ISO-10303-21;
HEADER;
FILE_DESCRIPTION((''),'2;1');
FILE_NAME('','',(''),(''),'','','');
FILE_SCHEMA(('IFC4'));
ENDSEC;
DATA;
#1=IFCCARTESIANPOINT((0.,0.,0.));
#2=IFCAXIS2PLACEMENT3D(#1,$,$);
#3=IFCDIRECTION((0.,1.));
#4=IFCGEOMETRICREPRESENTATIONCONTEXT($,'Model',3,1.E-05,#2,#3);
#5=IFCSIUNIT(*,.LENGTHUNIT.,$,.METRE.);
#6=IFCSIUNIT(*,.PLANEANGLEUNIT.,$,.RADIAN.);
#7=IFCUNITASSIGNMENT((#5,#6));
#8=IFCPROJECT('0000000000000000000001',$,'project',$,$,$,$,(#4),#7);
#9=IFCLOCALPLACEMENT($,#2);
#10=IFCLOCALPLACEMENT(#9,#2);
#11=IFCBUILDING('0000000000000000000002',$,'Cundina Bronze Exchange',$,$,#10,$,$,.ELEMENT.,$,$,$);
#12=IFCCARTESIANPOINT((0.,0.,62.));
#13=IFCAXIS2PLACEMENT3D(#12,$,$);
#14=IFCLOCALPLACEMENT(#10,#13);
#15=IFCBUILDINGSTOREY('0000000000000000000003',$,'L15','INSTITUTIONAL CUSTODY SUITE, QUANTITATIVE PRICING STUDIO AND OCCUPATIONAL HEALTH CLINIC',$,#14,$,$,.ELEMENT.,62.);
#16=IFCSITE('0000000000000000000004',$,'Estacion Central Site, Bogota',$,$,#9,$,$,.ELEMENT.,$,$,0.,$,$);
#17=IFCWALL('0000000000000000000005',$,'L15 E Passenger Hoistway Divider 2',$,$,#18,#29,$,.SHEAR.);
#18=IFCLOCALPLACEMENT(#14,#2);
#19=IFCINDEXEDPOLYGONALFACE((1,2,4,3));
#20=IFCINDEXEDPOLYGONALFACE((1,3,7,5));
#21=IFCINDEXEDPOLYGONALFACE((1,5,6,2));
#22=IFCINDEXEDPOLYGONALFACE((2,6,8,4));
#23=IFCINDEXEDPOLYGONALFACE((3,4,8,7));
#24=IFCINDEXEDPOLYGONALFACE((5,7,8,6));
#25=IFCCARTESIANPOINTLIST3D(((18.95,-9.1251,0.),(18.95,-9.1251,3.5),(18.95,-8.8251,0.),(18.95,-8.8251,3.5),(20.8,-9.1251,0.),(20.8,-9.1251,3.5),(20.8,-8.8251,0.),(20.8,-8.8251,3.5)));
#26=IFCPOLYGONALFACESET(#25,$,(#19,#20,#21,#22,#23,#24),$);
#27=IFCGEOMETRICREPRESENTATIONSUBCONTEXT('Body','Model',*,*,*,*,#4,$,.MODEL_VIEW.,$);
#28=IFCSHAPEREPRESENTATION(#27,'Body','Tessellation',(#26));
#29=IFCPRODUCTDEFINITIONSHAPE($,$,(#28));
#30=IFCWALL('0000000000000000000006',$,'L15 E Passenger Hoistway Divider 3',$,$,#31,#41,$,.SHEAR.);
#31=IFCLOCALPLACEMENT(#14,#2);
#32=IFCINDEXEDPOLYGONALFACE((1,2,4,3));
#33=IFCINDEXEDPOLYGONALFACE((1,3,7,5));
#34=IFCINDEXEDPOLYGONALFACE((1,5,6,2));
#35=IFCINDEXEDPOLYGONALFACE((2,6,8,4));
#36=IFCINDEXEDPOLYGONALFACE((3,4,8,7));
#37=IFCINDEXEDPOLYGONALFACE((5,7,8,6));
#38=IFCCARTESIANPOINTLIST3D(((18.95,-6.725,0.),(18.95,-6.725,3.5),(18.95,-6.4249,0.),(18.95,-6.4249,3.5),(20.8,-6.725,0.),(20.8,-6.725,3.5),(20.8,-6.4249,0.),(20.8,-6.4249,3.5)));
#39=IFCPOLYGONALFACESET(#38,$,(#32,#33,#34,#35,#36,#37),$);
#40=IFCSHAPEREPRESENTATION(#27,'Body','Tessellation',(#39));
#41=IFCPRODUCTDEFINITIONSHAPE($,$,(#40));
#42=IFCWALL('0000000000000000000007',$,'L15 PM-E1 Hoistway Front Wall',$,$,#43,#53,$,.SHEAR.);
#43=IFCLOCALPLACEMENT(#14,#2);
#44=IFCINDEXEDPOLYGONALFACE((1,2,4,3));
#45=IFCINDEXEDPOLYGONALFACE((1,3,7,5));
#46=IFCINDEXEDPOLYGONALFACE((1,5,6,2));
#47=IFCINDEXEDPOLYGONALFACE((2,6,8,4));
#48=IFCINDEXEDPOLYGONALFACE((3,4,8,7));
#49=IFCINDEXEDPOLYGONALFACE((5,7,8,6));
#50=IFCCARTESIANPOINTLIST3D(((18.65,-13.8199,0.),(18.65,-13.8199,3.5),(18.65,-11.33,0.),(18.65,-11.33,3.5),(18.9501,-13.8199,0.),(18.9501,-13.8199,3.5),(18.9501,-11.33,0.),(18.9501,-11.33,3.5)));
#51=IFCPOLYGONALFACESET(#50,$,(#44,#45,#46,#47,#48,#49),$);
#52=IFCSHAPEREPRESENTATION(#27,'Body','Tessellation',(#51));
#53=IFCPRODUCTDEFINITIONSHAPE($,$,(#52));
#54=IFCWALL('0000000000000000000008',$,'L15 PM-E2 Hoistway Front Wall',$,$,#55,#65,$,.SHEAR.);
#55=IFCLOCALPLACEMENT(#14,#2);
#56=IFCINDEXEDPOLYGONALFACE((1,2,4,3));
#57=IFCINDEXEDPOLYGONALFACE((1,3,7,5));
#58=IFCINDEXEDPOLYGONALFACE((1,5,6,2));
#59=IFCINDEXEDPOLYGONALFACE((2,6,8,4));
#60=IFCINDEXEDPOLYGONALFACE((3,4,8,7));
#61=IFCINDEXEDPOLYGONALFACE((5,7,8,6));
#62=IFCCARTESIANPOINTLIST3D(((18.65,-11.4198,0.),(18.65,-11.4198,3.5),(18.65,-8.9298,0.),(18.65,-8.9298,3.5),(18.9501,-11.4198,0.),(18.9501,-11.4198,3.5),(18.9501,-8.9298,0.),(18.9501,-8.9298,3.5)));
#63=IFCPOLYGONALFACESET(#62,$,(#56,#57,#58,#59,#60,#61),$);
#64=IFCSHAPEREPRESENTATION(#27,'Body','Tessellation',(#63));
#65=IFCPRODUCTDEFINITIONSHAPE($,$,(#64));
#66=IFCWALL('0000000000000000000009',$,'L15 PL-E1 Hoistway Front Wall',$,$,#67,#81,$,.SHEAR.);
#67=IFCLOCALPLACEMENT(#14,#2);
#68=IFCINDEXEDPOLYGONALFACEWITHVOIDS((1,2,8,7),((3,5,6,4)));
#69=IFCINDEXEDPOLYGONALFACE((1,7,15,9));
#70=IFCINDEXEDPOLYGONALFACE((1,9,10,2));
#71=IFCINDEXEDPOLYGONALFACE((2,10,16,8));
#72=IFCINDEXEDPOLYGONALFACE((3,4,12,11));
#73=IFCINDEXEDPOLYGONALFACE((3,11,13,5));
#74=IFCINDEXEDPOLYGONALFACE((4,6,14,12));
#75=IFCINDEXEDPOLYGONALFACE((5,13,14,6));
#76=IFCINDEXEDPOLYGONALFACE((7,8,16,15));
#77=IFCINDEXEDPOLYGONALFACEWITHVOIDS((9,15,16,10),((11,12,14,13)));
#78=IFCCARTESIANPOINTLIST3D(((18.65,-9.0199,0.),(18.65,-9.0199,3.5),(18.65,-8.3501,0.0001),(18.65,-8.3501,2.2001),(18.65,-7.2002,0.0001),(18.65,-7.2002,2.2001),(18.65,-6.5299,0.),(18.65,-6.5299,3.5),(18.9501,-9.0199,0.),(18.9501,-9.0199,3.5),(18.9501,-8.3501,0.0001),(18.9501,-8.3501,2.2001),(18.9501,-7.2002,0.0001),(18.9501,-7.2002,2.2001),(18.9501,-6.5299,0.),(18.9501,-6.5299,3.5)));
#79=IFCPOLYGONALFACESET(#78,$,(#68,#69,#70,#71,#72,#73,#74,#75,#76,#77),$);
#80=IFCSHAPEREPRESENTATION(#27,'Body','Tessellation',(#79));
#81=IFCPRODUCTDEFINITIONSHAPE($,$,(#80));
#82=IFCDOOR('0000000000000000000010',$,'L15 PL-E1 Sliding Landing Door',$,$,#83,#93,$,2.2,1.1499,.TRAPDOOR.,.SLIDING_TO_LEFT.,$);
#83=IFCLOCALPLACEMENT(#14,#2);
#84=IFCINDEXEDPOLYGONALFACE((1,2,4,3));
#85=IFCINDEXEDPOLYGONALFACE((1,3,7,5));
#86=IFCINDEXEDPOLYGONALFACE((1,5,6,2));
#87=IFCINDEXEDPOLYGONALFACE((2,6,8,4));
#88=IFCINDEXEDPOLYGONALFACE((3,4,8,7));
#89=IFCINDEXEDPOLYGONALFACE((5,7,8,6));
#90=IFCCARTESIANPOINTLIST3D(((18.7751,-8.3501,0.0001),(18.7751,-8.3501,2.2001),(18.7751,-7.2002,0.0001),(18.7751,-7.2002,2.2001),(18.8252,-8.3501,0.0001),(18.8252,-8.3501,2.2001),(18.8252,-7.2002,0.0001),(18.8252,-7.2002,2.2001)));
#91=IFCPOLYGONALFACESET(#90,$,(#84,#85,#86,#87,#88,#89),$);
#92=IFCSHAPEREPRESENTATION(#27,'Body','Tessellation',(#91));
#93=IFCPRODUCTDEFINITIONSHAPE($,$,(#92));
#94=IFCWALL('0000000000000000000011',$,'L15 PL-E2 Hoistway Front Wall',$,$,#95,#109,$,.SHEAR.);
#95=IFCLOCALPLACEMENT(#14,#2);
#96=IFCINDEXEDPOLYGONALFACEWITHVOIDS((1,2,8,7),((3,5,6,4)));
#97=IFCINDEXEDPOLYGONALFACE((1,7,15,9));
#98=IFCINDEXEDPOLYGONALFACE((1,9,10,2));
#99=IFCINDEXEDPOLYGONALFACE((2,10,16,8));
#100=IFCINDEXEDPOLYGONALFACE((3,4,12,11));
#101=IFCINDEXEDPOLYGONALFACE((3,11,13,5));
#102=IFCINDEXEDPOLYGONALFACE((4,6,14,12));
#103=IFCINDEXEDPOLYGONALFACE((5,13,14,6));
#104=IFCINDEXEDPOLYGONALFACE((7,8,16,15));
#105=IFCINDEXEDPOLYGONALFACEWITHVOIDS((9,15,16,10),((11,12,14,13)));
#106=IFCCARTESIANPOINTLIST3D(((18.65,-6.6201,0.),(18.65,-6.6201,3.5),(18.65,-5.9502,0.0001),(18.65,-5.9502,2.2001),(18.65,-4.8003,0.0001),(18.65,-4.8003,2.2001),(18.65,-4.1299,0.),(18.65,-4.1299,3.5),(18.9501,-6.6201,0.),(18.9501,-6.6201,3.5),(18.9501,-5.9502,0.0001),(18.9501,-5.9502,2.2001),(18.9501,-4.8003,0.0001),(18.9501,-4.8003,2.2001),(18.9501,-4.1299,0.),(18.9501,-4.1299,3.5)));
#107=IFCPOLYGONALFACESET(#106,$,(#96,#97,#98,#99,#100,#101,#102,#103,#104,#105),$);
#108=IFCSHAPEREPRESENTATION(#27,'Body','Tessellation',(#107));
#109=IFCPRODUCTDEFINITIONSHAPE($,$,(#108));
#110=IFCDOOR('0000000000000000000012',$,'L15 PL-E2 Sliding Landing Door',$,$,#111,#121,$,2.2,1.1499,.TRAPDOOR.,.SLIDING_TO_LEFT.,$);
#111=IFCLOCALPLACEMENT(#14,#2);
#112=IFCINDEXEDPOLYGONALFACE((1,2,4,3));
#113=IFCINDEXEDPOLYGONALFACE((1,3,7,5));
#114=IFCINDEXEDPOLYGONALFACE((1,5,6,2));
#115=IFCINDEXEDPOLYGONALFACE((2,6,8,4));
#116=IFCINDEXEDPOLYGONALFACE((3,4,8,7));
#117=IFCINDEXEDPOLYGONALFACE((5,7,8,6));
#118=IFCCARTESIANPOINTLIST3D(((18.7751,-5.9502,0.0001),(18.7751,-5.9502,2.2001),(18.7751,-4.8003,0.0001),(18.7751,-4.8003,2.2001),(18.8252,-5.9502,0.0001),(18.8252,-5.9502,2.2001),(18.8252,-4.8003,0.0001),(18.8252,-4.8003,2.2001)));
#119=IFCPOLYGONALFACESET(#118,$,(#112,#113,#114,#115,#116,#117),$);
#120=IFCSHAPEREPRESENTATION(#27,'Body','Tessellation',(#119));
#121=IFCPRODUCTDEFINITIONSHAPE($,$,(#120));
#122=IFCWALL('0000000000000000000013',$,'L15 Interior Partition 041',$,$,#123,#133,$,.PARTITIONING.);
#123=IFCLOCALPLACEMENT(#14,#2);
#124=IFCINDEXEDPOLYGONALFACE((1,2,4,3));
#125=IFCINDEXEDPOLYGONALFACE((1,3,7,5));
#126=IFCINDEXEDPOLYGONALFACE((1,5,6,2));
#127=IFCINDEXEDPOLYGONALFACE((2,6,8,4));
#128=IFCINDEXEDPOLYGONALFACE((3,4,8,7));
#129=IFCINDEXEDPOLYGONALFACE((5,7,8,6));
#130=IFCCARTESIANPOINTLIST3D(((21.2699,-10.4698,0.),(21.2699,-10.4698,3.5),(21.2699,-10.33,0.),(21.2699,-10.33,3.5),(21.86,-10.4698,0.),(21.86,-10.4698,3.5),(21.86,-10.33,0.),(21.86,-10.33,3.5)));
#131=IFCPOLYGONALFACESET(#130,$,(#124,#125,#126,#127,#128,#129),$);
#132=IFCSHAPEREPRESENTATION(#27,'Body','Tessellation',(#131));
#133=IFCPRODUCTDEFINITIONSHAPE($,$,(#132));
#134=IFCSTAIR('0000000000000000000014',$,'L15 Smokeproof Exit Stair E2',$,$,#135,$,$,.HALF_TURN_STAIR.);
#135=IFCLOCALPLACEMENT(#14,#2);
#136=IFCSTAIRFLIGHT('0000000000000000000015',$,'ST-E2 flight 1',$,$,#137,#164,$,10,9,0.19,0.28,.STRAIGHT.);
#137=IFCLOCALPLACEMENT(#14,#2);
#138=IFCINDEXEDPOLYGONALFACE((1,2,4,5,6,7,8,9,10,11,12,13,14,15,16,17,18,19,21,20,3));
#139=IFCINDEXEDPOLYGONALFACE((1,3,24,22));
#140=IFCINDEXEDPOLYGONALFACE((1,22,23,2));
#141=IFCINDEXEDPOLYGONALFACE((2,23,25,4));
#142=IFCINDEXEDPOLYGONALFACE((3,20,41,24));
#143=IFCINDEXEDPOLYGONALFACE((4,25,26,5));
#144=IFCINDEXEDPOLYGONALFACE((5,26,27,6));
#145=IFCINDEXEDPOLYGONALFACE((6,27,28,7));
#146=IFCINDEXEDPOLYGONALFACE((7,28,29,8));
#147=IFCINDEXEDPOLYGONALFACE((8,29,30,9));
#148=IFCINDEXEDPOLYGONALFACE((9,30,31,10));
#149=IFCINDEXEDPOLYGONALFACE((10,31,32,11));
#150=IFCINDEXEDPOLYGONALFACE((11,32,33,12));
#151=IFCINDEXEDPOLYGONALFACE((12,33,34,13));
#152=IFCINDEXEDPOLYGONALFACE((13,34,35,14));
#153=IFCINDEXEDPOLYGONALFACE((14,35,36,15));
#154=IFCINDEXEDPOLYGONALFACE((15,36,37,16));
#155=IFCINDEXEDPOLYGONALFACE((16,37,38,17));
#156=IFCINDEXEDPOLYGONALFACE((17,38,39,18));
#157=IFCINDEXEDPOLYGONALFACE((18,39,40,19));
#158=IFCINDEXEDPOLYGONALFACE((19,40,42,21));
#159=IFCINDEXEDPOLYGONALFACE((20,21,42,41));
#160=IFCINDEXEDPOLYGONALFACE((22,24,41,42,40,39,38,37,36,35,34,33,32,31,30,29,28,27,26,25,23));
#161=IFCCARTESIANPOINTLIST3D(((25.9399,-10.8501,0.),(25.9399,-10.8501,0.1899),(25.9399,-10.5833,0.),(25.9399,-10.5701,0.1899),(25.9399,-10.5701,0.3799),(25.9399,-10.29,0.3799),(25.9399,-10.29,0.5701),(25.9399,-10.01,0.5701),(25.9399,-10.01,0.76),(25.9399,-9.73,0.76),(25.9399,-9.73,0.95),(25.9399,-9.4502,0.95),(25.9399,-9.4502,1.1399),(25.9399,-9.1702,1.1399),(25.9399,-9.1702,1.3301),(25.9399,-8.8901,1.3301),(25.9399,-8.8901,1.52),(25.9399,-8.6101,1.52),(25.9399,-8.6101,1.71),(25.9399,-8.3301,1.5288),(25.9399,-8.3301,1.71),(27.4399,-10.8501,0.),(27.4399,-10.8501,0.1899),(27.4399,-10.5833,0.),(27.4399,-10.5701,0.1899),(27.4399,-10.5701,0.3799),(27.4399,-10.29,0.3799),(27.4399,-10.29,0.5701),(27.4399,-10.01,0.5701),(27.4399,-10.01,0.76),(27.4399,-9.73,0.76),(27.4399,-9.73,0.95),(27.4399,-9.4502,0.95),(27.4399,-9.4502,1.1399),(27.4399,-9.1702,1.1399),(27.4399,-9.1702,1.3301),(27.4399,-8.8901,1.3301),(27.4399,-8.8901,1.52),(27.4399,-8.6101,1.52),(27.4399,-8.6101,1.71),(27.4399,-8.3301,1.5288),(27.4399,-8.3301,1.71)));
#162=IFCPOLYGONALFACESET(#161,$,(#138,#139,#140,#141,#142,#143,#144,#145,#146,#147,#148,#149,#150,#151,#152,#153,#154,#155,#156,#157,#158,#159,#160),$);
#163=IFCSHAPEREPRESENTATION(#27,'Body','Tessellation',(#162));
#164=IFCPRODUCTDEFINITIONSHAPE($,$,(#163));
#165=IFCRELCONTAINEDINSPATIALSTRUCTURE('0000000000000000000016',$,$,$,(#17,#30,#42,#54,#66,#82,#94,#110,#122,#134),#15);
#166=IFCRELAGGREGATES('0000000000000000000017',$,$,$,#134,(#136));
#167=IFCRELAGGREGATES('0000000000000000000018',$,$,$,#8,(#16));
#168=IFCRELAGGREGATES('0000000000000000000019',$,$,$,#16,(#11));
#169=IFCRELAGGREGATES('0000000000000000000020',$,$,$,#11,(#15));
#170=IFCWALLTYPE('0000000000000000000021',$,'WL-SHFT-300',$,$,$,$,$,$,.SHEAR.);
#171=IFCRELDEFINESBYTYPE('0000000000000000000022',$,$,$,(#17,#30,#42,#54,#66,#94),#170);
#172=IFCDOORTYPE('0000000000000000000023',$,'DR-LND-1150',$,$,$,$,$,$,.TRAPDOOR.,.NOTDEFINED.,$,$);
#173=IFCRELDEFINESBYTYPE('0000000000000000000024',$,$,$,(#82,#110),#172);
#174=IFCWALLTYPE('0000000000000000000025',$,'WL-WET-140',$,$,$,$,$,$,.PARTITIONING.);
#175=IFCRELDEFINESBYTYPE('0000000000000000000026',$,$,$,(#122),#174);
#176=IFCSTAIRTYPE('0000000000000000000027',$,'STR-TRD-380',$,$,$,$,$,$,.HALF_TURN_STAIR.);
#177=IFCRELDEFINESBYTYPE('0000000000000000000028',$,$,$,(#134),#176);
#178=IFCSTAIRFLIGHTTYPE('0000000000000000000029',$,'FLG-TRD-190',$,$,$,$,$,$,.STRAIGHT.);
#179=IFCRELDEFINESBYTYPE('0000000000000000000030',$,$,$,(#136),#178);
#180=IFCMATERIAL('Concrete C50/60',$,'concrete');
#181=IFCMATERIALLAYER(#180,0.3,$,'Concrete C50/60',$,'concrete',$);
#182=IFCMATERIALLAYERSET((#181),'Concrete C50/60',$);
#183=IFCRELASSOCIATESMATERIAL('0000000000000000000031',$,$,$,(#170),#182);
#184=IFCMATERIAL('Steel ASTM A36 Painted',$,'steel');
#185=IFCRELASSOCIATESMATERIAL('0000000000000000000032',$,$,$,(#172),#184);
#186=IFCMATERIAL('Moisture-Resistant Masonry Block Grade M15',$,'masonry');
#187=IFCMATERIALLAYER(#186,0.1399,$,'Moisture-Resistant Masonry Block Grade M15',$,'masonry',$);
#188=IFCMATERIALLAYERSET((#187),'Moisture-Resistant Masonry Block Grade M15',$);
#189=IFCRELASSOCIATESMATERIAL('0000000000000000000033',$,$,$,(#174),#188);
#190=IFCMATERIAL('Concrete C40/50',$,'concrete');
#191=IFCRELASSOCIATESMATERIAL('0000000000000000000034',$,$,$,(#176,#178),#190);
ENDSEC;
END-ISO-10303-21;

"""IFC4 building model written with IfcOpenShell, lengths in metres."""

from ifc_helpers import new_model, si_unit, direction, frame, frame_2d, origin, place, context, subcontext, project, spatial, polyline, rectangle, outline, extrude, material, layer, layer_set, type_object, element, fill, aggregate, save


model = new_model("IFC4")

# Units and contexts
model_context = context("Model", 3, precision=1e-05, world=origin(), true_north=direction((0.0, 1.0)))
body_context = subcontext(model_context, "Body", "Model", "MODEL_VIEW")
ifc_project = project(units=[si_unit("LENGTHUNIT", "METRE"), si_unit("PLANEANGLEUNIT", "RADIAN")], contexts=[model_context])

# Site, building, storey
site_placement = place(None, origin())
site = spatial("IfcSite", under=ifc_project, at=site_placement, Name="Estacion Central Site, Bogota", CompositionType="ELEMENT", RefElevation=0.0)
building_placement = place(site_placement, origin())
building = spatial("IfcBuilding", under=site, at=building_placement, Name="Cundina Bronze Exchange", CompositionType="ELEMENT")
storey_placement = place(building_placement, frame((0.0, 0.0, 62.0)))
storey = spatial("IfcBuildingStorey", under=building, at=storey_placement, Name="L15", Description="INSTITUTIONAL CUSTODY SUITE, QUANTITATIVE PRICING STUDIO AND OCCUPATIONAL HEALTH CLINIC", CompositionType="ELEMENT", Elevation=62.0)

# Shared definitions
ifc_material_1 = material(Name="Concrete C50/60", Category="concrete")
ifc_layer_1 = layer(ifc_material_1, 0.3, Name="Concrete C50/60", Category="concrete")
ifc_layer_set_1 = layer_set([ifc_layer_1], Name="Concrete C50/60")
wall_type_1 = type_object("IfcWallType", Name="WL-SHFT-300", PredefinedType="SHEAR", material=ifc_layer_set_1)

# Shared definitions
ifc_material_2 = material(Name="Steel ASTM A36 Painted", Category="steel")
door_type_1 = type_object("IfcDoorType", Name="DR-LND-1150", OperationType="NOTDEFINED", PredefinedType="TRAPDOOR", material=ifc_material_2)

# Walls
for number, where, z_axis, x_axis, name in (
    (1, (18.95, -8.9751, 0.0), (0.0, 0.0, 1.0), (1.0, 0.0, 0.0), "L15 E Passenger Hoistway Divider 2"),
    (2, (18.95, -6.575, 0.0), (0.0, 0.0, 1.0), (1.0, 0.0, 0.0), "L15 E Passenger Hoistway Divider 3"),
):
    element("IfcWall", number, at=place(storey_placement, frame(where, z_axis=z_axis, x_axis=x_axis)), inside=storey, type_object=wall_type_1, Name=name, PredefinedType="SHEAR", context=body_context, shape_type="SweptSolid", body=[
        extrude(rectangle(XDim=1.8501, YDim=0.3, at=frame_2d((0.925, 0.0))), origin(), (0.0, 0.0, 1.0), 3.5),
    ])
for number, where, z_axis, x_axis, name in (
    (3, (18.8, -13.8201, 0.0), (0.0, 0.0, 1.0), (0.0, 1.0, 0.0), "L15 PM-E1 Hoistway Front Wall"),
    (4, (18.8, -11.4199, 0.0), (0.0, 0.0, 1.0), (0.0, 1.0, 0.0), "L15 PM-E2 Hoistway Front Wall"),
):
    element("IfcWall", number, at=place(storey_placement, frame(where, z_axis=z_axis, x_axis=x_axis)), inside=storey, type_object=wall_type_1, Name=name, PredefinedType="SHEAR", context=body_context, shape_type="SweptSolid", body=[
        extrude(rectangle(XDim=2.49, YDim=0.3, at=frame_2d((1.2451, 0.0))), origin(), (0.0, 0.0, 1.0), 3.5),
    ])

# Walls, openings, doors
wall_1_placement = place(storey_placement, frame((18.8, -9.02, 0.0), z_axis=(0.0, 0.0, 1.0), x_axis=(0.0, 1.0, 0.0)))
wall_1 = element("IfcWall", 5, at=wall_1_placement, inside=storey, type_object=wall_type_1, Name="L15 PL-E1 Hoistway Front Wall", PredefinedType="SHEAR", context=body_context, shape_type="SweptSolid", body=[
    extrude(rectangle(XDim=2.49, YDim=0.3, at=frame_2d((1.2451, 0.0))), origin(), (0.0, 0.0, 1.0), 3.5),
])
opening_1_placement = place(wall_1_placement, frame((0.6699, 0.0, 0.0)))
opening_1 = element("IfcOpeningElement", 6, at=opening_1_placement, cuts=wall_1, PredefinedType="OPENING", context=body_context, shape_type="SweptSolid", body=[
    extrude(rectangle(XDim=1.1499, YDim=2.2, at=frame_2d((0.575, 1.1001))), frame((0.0, 0.1599, 0.0), z_axis=(0.0, -1.0, 0.0), x_axis=(1.0, 0.0, 0.0)), (0.0, 0.0, 1.0), 0.3201),
])
door_1_placement = place(opening_1_placement, origin())
door_1 = element("IfcDoor", 7, at=door_1_placement, inside=storey, type_object=door_type_1, Name="L15 PL-E1 Sliding Landing Door", OperationType="SLIDING_TO_LEFT", OverallHeight=2.2, OverallWidth=1.1499, PredefinedType="TRAPDOOR", context=body_context, shape_type="SweptSolid", body=[
    extrude(rectangle(XDim=1.1499, YDim=2.2, at=frame_2d((0.575, 1.1001))), frame((0.0, 0.0249, 0.0), z_axis=(0.0, -1.0, 0.0), x_axis=(1.0, 0.0, 0.0)), (0.0, 0.0, 1.0), 0.05),
])
fill(opening_1, door_1)
wall_2_placement = place(storey_placement, frame((18.8, -6.6201, 0.0), z_axis=(0.0, 0.0, 1.0), x_axis=(0.0, 1.0, 0.0)))
wall_2 = element("IfcWall", 8, at=wall_2_placement, inside=storey, type_object=wall_type_1, Name="L15 PL-E2 Hoistway Front Wall", PredefinedType="SHEAR", context=body_context, shape_type="SweptSolid", body=[
    extrude(rectangle(XDim=2.4902, YDim=0.3, at=frame_2d((1.2451, 0.0))), origin(), (0.0, 0.0, 1.0), 3.5),
])
opening_2_placement = place(wall_2_placement, frame((0.6699, 0.0, 0.0)))
opening_2 = element("IfcOpeningElement", 9, at=opening_2_placement, cuts=wall_2, PredefinedType="OPENING", context=body_context, shape_type="SweptSolid", body=[
    extrude(rectangle(XDim=1.1499, YDim=2.2, at=frame_2d((0.575, 1.1001))), frame((0.0, 0.1599, 0.0), z_axis=(0.0, -1.0, 0.0), x_axis=(1.0, 0.0, 0.0)), (0.0, 0.0, 1.0), 0.3201),
])
door_2_placement = place(opening_2_placement, origin())
door_2 = element("IfcDoor", 10, at=door_2_placement, inside=storey, type_object=door_type_1, Name="L15 PL-E2 Sliding Landing Door", OperationType="SLIDING_TO_LEFT", OverallHeight=2.2, OverallWidth=1.1499, PredefinedType="TRAPDOOR", context=body_context, shape_type="SweptSolid", body=[
    extrude(rectangle(XDim=1.1499, YDim=2.2, at=frame_2d((0.575, 1.1001))), frame((0.0, 0.0249, 0.0), z_axis=(0.0, -1.0, 0.0), x_axis=(1.0, 0.0, 0.0)), (0.0, 0.0, 1.0), 0.05),
])
fill(opening_2, door_2)

# Wall
ifc_material_3 = material(Name="Moisture-Resistant Masonry Block Grade M15", Category="masonry")
ifc_layer_2 = layer(ifc_material_3, 0.1399, Name="Moisture-Resistant Masonry Block Grade M15", Category="masonry")
ifc_layer_set_2 = layer_set([ifc_layer_2], Name="Moisture-Resistant Masonry Block Grade M15")
wall_type_2 = type_object("IfcWallType", Name="WL-WET-140", PredefinedType="PARTITIONING", material=ifc_layer_set_2)
wall_3_placement = place(storey_placement, frame((21.27, -10.3999, 0.0), z_axis=(0.0, 0.0, 1.0), x_axis=(1.0, 0.0, 0.0)))
element("IfcWall", 11, at=wall_3_placement, inside=storey, type_object=wall_type_2, Name="L15 Interior Partition 041", PredefinedType="PARTITIONING", context=body_context, shape_type="SweptSolid", body=[
    extrude(rectangle(XDim=0.5901, YDim=0.1399, at=frame_2d((0.2949, 0.0))), origin(), (0.0, 0.0, 1.0), 3.5),
])

# Stair, stair flight
ifc_material_4 = material(Name="Concrete C40/50", Category="concrete")
stair_type = type_object("IfcStairType", Name="STR-TRD-380", PredefinedType="HALF_TURN_STAIR", material=ifc_material_4)
stair_placement = place(storey_placement, origin())
stair = element("IfcStair", 12, at=stair_placement, inside=storey, type_object=stair_type, Name="L15 Smokeproof Exit Stair E2", PredefinedType="HALF_TURN_STAIR")
stair_flight_type = type_object("IfcStairFlightType", Name="FLG-TRD-190", PredefinedType="STRAIGHT", material=ifc_material_4)
stair_flight_1_placement = place(storey_placement, frame((26.6899, -10.8501, 0.0), z_axis=(0.0, 0.0, 1.0), x_axis=(0.0, 1.0, 0.0)))
stair_flight_1 = element("IfcStairFlight", 13, at=stair_flight_1_placement, type_object=stair_flight_type, Name="ST-E2 flight 1", NumberOfRisers=10, NumberOfTreads=9, PredefinedType="STRAIGHT", RiserHeight=0.19, TreadLength=0.28, context=body_context, shape_type="SweptSolid", body=[
    extrude(outline(polyline([(0.0, 0.0), (0.0, 0.1899), (0.28, 0.1899), (0.28, 0.3799), (0.5601, 0.3799), (0.5601, 0.5701), (0.8401, 0.5701), (0.8401, 0.76), (1.1201, 0.76), (1.1201, 0.95), (1.3999, 0.95), (1.3999, 1.1399), (1.6799, 1.1399), (1.6799, 1.3301), (1.96, 1.3301), (1.96, 1.52), (2.24, 1.52), (2.24, 1.71), (2.52, 1.71), (2.52, 1.8999), (2.52, 1.5288), (0.2668, 0.0), (0.0, 0.0)])), frame((0.0, 0.75, 0.0), z_axis=(0.0, -1.0, 0.0), x_axis=(1.0, 0.0, 0.0)), (0.0, 0.0, 1.0), 1.5),
])
aggregate(stair, [stair_flight_1])

save(model, "model.ifc")
